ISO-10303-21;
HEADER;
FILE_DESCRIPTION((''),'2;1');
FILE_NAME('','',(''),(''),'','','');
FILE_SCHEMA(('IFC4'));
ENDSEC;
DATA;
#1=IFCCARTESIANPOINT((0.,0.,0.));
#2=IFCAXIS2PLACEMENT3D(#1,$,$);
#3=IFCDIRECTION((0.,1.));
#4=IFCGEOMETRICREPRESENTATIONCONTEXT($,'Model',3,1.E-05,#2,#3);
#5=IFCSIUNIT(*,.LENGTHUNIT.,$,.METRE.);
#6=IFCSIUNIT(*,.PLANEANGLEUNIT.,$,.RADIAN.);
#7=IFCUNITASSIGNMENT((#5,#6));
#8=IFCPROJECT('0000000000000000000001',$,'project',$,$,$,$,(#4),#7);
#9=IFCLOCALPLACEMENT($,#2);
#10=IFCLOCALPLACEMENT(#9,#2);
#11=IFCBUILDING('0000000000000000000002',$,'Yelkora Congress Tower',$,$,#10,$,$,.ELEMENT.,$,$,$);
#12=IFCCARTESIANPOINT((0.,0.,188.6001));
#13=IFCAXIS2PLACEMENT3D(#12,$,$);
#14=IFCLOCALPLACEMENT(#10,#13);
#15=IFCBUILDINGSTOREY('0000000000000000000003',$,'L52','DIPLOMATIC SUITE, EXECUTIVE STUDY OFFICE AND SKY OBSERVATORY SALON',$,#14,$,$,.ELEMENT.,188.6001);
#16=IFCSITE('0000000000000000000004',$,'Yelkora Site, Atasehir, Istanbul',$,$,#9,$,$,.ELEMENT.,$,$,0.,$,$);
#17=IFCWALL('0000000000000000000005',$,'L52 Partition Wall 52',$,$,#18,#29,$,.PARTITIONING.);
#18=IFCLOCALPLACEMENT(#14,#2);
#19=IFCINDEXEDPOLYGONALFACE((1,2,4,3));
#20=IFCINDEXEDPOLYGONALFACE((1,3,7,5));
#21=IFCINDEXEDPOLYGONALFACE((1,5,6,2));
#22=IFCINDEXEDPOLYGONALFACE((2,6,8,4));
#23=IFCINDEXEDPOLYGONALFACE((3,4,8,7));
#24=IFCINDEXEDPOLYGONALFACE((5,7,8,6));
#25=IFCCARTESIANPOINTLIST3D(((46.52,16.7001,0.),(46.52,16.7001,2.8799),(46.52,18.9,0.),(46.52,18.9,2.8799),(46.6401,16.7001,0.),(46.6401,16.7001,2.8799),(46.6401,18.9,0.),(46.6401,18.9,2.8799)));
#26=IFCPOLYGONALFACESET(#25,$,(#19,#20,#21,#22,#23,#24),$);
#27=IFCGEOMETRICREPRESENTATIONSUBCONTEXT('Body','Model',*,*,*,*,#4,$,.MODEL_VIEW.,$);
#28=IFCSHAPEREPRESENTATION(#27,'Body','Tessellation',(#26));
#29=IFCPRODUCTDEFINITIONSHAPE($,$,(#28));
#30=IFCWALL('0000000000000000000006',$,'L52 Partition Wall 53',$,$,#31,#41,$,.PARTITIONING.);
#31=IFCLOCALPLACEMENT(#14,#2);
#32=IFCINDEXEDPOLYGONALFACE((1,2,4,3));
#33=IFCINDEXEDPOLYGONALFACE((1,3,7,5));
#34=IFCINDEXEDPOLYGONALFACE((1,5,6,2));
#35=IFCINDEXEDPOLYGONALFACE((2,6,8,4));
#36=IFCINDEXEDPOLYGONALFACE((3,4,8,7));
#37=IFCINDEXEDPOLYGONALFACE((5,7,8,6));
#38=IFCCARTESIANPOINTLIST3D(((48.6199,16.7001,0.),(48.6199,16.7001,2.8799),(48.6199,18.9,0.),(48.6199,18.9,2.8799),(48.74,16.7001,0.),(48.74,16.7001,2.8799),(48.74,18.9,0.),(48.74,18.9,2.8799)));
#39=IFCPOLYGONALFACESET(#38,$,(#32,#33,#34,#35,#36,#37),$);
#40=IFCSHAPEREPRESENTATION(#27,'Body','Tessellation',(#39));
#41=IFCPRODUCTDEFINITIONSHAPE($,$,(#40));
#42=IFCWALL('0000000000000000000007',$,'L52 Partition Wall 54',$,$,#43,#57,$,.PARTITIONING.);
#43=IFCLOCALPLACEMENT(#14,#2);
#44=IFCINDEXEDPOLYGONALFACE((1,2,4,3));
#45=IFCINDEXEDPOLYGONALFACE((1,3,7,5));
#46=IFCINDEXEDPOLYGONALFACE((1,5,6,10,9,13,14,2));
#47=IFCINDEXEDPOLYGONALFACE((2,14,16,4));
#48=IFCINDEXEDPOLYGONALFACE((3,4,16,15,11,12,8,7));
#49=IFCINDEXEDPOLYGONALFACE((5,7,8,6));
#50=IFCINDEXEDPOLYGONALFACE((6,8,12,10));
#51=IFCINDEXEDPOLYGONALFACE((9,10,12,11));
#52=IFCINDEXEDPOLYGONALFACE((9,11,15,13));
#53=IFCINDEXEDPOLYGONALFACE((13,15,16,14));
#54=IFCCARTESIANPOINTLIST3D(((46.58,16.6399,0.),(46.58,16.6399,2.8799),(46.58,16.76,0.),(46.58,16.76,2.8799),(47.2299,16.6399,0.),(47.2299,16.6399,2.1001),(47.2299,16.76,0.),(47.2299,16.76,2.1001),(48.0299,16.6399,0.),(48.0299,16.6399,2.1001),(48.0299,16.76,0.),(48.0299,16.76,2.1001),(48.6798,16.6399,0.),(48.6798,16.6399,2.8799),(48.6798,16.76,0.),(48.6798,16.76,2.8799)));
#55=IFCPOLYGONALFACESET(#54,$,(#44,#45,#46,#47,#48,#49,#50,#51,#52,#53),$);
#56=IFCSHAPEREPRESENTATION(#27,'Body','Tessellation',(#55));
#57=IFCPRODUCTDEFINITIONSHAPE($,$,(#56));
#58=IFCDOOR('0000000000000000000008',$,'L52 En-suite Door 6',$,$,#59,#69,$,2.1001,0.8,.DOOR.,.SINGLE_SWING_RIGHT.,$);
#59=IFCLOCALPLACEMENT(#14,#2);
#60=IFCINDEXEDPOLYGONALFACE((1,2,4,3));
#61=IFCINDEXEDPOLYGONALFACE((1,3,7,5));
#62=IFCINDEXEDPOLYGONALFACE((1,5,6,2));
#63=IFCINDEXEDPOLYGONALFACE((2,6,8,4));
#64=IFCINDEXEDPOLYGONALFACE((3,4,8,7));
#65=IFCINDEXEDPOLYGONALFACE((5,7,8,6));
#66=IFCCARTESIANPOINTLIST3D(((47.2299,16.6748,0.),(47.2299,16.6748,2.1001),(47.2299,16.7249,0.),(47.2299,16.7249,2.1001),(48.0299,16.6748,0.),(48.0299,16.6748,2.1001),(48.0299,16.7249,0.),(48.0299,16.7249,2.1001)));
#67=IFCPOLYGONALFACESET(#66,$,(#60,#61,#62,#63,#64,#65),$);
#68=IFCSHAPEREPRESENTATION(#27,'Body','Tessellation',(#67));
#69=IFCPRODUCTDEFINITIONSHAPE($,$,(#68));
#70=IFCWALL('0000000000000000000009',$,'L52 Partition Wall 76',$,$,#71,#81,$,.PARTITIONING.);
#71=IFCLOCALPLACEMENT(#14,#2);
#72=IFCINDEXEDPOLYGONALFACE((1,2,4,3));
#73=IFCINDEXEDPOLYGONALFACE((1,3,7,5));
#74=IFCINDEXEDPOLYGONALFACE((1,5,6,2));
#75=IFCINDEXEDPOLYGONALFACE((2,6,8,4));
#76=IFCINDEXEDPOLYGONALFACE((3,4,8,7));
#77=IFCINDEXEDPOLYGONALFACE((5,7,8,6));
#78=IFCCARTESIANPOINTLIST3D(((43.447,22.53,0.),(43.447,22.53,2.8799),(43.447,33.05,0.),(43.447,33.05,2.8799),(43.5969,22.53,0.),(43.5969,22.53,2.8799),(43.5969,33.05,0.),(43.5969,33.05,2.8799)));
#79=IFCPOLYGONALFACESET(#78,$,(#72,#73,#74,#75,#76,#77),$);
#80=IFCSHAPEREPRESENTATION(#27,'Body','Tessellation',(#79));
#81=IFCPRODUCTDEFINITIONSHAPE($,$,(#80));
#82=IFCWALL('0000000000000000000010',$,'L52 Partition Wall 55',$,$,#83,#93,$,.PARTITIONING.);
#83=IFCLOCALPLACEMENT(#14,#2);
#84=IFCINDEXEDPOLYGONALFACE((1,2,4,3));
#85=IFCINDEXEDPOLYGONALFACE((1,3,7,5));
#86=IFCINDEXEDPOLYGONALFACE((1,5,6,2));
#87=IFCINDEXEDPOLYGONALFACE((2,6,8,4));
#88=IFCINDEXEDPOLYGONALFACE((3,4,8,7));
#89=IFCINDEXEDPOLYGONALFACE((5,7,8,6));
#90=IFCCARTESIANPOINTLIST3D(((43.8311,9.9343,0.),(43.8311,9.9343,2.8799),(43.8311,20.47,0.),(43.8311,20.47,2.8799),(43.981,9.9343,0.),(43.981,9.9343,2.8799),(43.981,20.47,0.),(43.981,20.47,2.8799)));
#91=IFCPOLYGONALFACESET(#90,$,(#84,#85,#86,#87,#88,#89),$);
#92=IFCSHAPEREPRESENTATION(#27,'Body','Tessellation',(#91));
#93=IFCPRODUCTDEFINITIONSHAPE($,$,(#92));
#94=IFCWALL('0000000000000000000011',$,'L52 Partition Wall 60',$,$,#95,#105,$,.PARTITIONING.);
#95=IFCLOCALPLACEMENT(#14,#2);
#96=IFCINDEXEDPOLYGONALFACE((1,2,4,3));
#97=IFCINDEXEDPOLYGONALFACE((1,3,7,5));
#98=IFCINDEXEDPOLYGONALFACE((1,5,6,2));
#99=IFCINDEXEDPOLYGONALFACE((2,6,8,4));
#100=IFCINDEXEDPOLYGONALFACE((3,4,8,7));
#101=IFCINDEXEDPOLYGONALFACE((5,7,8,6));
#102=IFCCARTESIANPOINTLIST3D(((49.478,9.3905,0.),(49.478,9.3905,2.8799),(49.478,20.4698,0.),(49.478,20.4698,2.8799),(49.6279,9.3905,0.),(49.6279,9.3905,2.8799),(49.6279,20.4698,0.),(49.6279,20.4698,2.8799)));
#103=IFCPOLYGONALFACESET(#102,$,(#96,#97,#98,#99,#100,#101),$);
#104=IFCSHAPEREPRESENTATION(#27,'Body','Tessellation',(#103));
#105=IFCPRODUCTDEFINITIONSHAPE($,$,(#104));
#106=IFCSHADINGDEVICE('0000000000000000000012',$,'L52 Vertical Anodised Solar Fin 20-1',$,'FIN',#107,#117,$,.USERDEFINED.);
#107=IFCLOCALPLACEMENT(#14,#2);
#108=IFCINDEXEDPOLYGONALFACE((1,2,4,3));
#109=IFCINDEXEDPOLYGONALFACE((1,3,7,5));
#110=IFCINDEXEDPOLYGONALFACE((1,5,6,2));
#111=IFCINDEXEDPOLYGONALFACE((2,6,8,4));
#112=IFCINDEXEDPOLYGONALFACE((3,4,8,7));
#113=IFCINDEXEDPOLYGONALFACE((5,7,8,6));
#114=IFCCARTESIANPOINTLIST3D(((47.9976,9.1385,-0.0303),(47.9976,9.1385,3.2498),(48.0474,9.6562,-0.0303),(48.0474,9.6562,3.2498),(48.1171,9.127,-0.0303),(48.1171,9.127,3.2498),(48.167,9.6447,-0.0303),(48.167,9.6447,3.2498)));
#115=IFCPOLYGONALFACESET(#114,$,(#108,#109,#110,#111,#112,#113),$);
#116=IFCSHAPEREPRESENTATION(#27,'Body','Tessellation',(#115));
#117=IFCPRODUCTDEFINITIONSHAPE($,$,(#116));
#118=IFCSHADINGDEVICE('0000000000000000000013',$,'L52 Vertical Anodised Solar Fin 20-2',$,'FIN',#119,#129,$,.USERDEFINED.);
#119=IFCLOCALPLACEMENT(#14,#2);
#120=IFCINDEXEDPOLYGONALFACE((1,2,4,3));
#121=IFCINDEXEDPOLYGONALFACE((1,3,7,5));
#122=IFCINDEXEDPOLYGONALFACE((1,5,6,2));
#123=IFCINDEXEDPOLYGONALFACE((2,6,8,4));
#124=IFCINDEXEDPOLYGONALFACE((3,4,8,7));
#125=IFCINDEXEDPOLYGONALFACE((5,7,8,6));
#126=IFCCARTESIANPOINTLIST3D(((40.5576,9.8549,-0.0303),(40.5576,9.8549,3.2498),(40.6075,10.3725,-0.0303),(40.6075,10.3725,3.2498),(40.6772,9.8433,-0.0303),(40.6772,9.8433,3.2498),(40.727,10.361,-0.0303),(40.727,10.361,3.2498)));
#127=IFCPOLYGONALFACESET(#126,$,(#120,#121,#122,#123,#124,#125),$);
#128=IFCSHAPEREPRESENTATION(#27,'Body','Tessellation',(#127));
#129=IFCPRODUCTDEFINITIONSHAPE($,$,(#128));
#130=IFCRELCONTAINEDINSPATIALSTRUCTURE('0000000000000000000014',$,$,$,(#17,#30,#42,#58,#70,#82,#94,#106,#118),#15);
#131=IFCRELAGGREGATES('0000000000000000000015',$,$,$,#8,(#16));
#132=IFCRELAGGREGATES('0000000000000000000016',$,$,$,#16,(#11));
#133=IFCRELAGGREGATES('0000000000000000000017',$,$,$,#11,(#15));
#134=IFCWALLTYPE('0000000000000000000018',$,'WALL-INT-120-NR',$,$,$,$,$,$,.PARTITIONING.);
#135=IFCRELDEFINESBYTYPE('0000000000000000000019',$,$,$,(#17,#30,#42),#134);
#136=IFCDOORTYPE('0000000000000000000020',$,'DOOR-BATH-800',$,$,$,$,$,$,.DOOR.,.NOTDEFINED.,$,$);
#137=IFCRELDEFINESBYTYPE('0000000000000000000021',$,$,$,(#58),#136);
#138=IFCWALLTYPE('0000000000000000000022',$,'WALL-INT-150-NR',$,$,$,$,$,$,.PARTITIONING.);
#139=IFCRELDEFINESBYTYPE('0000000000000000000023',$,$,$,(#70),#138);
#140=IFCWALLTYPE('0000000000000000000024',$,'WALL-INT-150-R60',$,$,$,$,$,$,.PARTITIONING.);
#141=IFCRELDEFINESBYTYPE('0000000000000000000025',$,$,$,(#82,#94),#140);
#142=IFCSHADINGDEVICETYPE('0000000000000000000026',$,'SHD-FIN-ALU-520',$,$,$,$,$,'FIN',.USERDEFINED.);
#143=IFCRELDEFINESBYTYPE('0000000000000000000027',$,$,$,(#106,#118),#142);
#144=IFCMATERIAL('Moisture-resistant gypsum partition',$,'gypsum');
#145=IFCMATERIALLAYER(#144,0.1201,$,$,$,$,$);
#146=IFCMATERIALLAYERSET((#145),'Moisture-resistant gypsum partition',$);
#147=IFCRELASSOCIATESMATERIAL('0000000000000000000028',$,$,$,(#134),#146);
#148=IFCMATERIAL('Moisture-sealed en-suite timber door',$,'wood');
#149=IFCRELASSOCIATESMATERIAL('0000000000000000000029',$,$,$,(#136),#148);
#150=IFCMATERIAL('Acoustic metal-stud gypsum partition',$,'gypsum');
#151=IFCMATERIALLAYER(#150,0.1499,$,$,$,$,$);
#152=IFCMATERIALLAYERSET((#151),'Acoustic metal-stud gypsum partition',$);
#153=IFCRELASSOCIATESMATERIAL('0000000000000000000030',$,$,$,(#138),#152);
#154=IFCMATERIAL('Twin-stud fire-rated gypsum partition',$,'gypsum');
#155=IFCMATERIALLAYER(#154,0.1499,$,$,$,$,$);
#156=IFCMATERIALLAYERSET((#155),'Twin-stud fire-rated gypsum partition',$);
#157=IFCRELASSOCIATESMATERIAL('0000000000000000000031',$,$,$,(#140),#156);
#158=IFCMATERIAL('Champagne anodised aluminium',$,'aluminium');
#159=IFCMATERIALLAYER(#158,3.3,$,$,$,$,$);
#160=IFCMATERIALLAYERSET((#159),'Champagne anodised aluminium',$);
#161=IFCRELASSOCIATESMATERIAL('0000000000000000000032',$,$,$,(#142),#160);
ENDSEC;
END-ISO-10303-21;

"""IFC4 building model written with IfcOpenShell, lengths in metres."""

from ifc_helpers import new_model, si_unit, direction, frame, frame_2d, origin, origin_2d, place, context, subcontext, project, spatial, rectangle, extrude, material, layer, layer_set, type_object, element, fill, save


model = new_model("IFC4")

# Units and contexts
model_context = context("Model", 3, precision=1e-05, world=origin(), true_north=direction((0.0, 1.0)))
body_context = subcontext(model_context, "Body", "Model", "MODEL_VIEW")
ifc_project = project(units=[si_unit("LENGTHUNIT", "METRE"), si_unit("PLANEANGLEUNIT", "RADIAN")], contexts=[model_context])

# Site, building, storey
site_placement = place(None, origin())
site = spatial("IfcSite", under=ifc_project, at=site_placement, Name="Yelkora Site, Atasehir, Istanbul", CompositionType="ELEMENT", RefElevation=0.0)
building_placement = place(site_placement, origin())
building = spatial("IfcBuilding", under=site, at=building_placement, Name="Yelkora Congress Tower", CompositionType="ELEMENT")
storey_placement = place(building_placement, frame((0.0, 0.0, 188.6001)))
storey = spatial("IfcBuildingStorey", under=building, at=storey_placement, Name="L52", Description="DIPLOMATIC SUITE, EXECUTIVE STUDY OFFICE AND SKY OBSERVATORY SALON", CompositionType="ELEMENT", Elevation=188.6001)

# Walls
ifc_material_1 = material(Name="Moisture-resistant gypsum partition", Category="gypsum")
ifc_layer_1 = layer(ifc_material_1, 0.1201)
ifc_layer_set_1 = layer_set([ifc_layer_1], Name="Moisture-resistant gypsum partition")
wall_type_1 = type_object("IfcWallType", Name="WALL-INT-120-NR", PredefinedType="PARTITIONING", material=ifc_layer_set_1)
for number, where, z_axis, x_axis, name in (
    (1, (46.5801, 16.7, 0.0), (0.0, 0.0, 1.0), (0.0, 1.0, 0.0), "L52 Partition Wall 52"),
    (2, (48.6799, 16.7, 0.0), (0.0, 0.0, 1.0), (0.0, 1.0, 0.0), "L52 Partition Wall 53"),
):
    element("IfcWall", number, at=place(storey_placement, frame(where, z_axis=z_axis, x_axis=x_axis)), inside=storey, type_object=wall_type_1, Name=name, PredefinedType="PARTITIONING", context=body_context, shape_type="SweptSolid", body=[
        extrude(rectangle(XDim=2.2, YDim=0.1201, at=frame_2d((1.1001, 0.0))), origin(), (0.0, 0.0, 1.0), 2.8799),
    ])

# Wall, opening, door
wall_1_placement = place(storey_placement, frame((46.5801, 16.7, 0.0), z_axis=(0.0, 0.0, 1.0), x_axis=(1.0, 0.0, 0.0)))
wall_1 = element("IfcWall", 3, at=wall_1_placement, inside=storey, type_object=wall_type_1, Name="L52 Partition Wall 54", PredefinedType="PARTITIONING", context=body_context, shape_type="SweptSolid", body=[
    extrude(rectangle(XDim=2.0999, YDim=0.1201, at=frame_2d((1.0498, 0.0))), origin(), (0.0, 0.0, 1.0), 2.8799),
])
opening_placement = place(wall_1_placement, frame((0.6499, 0.0, 0.0)))
opening = element("IfcOpeningElement", 4, at=opening_placement, cuts=wall_1, PredefinedType="OPENING", context=body_context, shape_type="SweptSolid", body=[
    extrude(rectangle(XDim=0.8, YDim=2.1001, at=frame_2d((0.3999, 1.05))), frame((0.0, 0.0701, 0.0), z_axis=(0.0, -1.0, 0.0), x_axis=(1.0, 0.0, 0.0)), (0.0, 0.0, 1.0), 0.1401),
])
ifc_material_2 = material(Name="Moisture-sealed en-suite timber door", Category="wood")
door_type = type_object("IfcDoorType", Name="DOOR-BATH-800", OperationType="NOTDEFINED", PredefinedType="DOOR", material=ifc_material_2)
door_placement = place(opening_placement, origin())
door = element("IfcDoor", 5, at=door_placement, inside=storey, type_object=door_type, Name="L52 En-suite Door 6", OperationType="SINGLE_SWING_RIGHT", OverallHeight=2.1001, OverallWidth=0.8, PredefinedType="DOOR", context=body_context, shape_type="SweptSolid", body=[
    extrude(rectangle(XDim=0.8, YDim=2.1001, at=frame_2d((0.3999, 1.05))), frame((0.0, 0.0249, 0.0), z_axis=(0.0, -1.0, 0.0), x_axis=(1.0, 0.0, 0.0)), (0.0, 0.0, 1.0), 0.05),
])
fill(opening, door)

# Walls
ifc_material_3 = material(Name="Acoustic metal-stud gypsum partition", Category="gypsum")
ifc_layer_2 = layer(ifc_material_3, 0.1499)
ifc_layer_set_2 = layer_set([ifc_layer_2], Name="Acoustic metal-stud gypsum partition")
wall_type_2 = type_object("IfcWallType", Name="WALL-INT-150-NR", PredefinedType="PARTITIONING", material=ifc_layer_set_2)
wall_2_placement = place(storey_placement, frame((43.522, 22.53, 0.0), z_axis=(0.0, 0.0, 1.0), x_axis=(0.0, 1.0, 0.0)))
element("IfcWall", 6, at=wall_2_placement, inside=storey, type_object=wall_type_2, Name="L52 Partition Wall 76", PredefinedType="PARTITIONING", context=body_context, shape_type="SweptSolid", body=[
    extrude(rectangle(XDim=10.52, YDim=0.1499, at=frame_2d((5.26, 0.0))), origin(), (0.0, 0.0, 1.0), 2.8799),
])
ifc_material_4 = material(Name="Twin-stud fire-rated gypsum partition", Category="gypsum")
ifc_layer_3 = layer(ifc_material_4, 0.1499)
ifc_layer_set_3 = layer_set([ifc_layer_3], Name="Twin-stud fire-rated gypsum partition")
wall_type_3 = type_object("IfcWallType", Name="WALL-INT-150-R60", PredefinedType="PARTITIONING", material=ifc_layer_set_3)
wall_3_placement = place(storey_placement, frame((43.906, 9.9343, 0.0), z_axis=(0.0, 0.0, 1.0), x_axis=(0.0, 1.0, 0.0)))
element("IfcWall", 7, at=wall_3_placement, inside=storey, type_object=wall_type_3, Name="L52 Partition Wall 55", PredefinedType="PARTITIONING", context=body_context, shape_type="SweptSolid", body=[
    extrude(rectangle(XDim=10.5356, YDim=0.1499, at=frame_2d((5.2678, 0.0))), origin(), (0.0, 0.0, 1.0), 2.8799),
])
wall_4_placement = place(storey_placement, frame((49.553, 9.3906, 0.0), z_axis=(0.0, 0.0, 1.0), x_axis=(0.0, 1.0, 0.0)))
element("IfcWall", 8, at=wall_4_placement, inside=storey, type_object=wall_type_3, Name="L52 Partition Wall 60", PredefinedType="PARTITIONING", context=body_context, shape_type="SweptSolid", body=[
    extrude(rectangle(XDim=11.0793, YDim=0.1499, at=frame_2d((5.5396, 0.0))), origin(), (0.0, 0.0, 1.0), 2.8799),
])

# Shading devices
ifc_material_5 = material(Name="Champagne anodised aluminium", Category="aluminium")
ifc_layer_4 = layer(ifc_material_5, 3.3)
ifc_layer_set_4 = layer_set([ifc_layer_4], Name="Champagne anodised aluminium")
shading_device_type = type_object("IfcShadingDeviceType", Name="SHD-FIN-ALU-520", ElementType="FIN", PredefinedType="USERDEFINED", material=ifc_layer_set_4)
for number, where, z_axis, x_axis, name in (
    (9, (48.0823, 9.3916, -0.0303), (0.0, 0.0, 1.0), (-0.995396, 0.095846, 0.0), "L52 Vertical Anodised Solar Fin 20-1"),
    (10, (40.6423, 10.1079, -0.0303), (0.0, 0.0, 1.0), (-0.995396, 0.095846, 0.0), "L52 Vertical Anodised Solar Fin 20-2"),
):
    element("IfcShadingDevice", number, at=place(storey_placement, frame(where, z_axis=z_axis, x_axis=x_axis)), inside=storey, type_object=shading_device_type, Name=name, ObjectType="FIN", PredefinedType="USERDEFINED", context=body_context, shape_type="SweptSolid", body=[
        extrude(rectangle(XDim=0.1201, YDim=0.52, at=origin_2d()), origin(), (0.0, 0.0, 1.0), 3.28),
    ])

save(model, "model.ifc")
